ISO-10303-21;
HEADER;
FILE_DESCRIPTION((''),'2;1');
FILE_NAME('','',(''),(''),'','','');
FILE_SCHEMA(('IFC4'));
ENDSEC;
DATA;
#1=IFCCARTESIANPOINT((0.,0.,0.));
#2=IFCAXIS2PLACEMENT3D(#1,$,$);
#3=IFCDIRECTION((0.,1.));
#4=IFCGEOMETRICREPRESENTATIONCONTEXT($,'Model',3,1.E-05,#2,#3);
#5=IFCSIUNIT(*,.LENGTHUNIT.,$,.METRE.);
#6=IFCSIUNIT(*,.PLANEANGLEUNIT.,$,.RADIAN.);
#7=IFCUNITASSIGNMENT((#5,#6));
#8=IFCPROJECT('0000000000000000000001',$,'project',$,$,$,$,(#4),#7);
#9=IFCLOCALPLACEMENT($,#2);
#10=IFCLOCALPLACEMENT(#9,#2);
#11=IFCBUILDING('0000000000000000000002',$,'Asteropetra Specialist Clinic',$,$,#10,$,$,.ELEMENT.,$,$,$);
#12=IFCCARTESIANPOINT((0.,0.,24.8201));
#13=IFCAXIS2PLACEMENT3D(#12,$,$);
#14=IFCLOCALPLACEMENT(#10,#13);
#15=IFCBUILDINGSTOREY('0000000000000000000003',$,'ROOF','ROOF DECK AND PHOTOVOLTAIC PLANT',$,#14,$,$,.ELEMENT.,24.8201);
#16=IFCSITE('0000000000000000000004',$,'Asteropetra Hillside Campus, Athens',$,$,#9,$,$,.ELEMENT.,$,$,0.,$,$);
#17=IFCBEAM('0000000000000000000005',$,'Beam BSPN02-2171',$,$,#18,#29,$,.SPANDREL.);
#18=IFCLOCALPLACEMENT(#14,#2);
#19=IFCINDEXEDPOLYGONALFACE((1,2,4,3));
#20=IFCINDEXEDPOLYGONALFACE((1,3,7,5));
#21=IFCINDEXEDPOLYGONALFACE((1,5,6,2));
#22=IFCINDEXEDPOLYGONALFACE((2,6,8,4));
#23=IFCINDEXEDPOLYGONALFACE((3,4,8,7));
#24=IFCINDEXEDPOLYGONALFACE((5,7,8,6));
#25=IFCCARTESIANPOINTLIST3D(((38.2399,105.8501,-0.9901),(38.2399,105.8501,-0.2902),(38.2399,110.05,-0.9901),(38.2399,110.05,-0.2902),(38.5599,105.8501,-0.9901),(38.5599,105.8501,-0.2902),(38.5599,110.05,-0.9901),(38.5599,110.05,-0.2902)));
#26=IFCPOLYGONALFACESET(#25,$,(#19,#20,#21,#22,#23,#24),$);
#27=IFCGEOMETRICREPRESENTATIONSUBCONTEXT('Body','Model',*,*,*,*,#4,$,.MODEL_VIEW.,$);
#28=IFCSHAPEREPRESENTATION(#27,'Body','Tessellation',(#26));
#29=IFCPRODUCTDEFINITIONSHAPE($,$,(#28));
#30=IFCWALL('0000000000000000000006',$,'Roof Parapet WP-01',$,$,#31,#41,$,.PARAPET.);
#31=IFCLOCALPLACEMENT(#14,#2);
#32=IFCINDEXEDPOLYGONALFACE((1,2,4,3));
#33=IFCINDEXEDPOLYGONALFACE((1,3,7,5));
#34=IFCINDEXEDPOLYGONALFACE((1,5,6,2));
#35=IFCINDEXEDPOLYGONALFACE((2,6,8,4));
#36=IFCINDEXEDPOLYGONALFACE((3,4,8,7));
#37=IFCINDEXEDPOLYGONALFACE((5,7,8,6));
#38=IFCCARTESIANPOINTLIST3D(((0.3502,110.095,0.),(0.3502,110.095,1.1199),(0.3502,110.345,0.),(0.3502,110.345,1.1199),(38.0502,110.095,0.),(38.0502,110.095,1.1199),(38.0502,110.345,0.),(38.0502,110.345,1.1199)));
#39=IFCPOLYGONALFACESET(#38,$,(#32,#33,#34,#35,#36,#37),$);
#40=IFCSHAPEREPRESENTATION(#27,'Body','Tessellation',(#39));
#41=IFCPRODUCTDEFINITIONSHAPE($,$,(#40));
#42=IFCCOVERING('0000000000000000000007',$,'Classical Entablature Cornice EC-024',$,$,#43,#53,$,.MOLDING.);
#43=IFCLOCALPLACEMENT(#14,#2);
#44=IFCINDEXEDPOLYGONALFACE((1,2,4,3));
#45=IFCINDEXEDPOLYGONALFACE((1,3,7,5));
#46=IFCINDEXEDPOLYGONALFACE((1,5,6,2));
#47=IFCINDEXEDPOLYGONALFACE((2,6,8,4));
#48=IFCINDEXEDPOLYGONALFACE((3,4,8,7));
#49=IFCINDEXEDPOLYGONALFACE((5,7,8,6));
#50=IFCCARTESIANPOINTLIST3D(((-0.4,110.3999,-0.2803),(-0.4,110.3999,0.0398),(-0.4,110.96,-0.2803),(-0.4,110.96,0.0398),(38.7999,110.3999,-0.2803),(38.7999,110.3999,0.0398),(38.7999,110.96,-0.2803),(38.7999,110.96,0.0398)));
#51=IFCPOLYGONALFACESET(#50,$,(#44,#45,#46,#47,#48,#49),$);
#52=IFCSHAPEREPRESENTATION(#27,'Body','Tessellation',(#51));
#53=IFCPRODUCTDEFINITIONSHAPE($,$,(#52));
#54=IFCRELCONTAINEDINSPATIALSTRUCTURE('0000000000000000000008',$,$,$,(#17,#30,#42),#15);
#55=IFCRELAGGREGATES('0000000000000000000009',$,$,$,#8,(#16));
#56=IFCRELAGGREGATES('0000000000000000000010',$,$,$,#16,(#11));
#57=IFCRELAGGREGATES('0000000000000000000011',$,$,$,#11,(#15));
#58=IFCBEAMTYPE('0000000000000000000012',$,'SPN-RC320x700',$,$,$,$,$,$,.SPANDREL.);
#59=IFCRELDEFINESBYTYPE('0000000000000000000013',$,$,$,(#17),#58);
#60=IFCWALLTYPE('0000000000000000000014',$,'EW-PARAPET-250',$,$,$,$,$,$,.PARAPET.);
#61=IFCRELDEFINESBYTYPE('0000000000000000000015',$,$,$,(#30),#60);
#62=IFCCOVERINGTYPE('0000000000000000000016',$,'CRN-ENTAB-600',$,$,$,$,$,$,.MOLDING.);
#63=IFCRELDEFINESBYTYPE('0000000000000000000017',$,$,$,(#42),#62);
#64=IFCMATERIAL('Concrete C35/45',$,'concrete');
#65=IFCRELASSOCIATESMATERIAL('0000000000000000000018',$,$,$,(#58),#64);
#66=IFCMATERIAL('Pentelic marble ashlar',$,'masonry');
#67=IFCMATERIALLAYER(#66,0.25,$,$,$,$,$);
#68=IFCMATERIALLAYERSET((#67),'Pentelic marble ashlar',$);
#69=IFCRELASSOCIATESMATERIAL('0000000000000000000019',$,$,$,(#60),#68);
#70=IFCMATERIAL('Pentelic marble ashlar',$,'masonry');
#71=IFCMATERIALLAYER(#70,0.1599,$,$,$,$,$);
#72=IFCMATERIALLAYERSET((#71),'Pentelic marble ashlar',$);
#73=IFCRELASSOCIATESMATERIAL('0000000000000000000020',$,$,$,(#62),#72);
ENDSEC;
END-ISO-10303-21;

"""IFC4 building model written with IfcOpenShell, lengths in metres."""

from ifc_helpers import new_model, si_unit, direction, frame, frame_2d, origin, origin_2d, place, context, subcontext, project, spatial, rectangle, extrude, material, layer, layer_set, material_profile, profile_set, type_object, element, save


model = new_model("IFC4")

# Units and contexts
model_context = context("Model", 3, precision=1e-05, world=origin(), true_north=direction((0.0, 1.0)))
body_context = subcontext(model_context, "Body", "Model", "MODEL_VIEW")
ifc_project = project(units=[si_unit("LENGTHUNIT", "METRE"), si_unit("PLANEANGLEUNIT", "RADIAN")], contexts=[model_context])

# Site, building, storey
site_placement = place(None, origin())
site = spatial("IfcSite", under=ifc_project, at=site_placement, Name="Asteropetra Hillside Campus, Athens", CompositionType="ELEMENT", RefElevation=0.0)
building_placement = place(site_placement, origin())
building = spatial("IfcBuilding", under=site, at=building_placement, Name="Asteropetra Specialist Clinic", CompositionType="ELEMENT")
storey_placement = place(building_placement, frame((0.0, 0.0, 24.8201)))
storey = spatial("IfcBuildingStorey", under=building, at=storey_placement, Name="ROOF", Description="ROOF DECK AND PHOTOVOLTAIC PLANT", CompositionType="ELEMENT", Elevation=24.8201)

# Beam
ifc_material_1 = material(Name="Concrete C35/45", Category="concrete")
ifc_material_profile_1 = material_profile(ifc_material_1, rectangle(XDim=0.3201, YDim=0.7, at=origin_2d()), Name="RCS 320x700")
ifc_profile_set_1 = profile_set([ifc_material_profile_1], Name="Concrete C35/45")
beam_type_1 = type_object("IfcBeamType", Name="SPN-RC320x700", PredefinedType="SPANDREL", material=ifc_profile_set_1)
beam_1_placement = place(storey_placement, frame((38.3999, 105.8501, -0.6401), z_axis=(0.0, 1.0, 0.0), x_axis=(-1.0, 0.0, 0.0)))
element("IfcBeam", 1, at=beam_1_placement, inside=storey, type_object=beam_type_1, Name="Beam BSPN02-2171", PredefinedType="SPANDREL", context=body_context, shape_type="SweptSolid", body=[
    extrude(rectangle(XDim=0.3201, YDim=0.7, at=origin_2d()), origin(), (0.0, 0.0, 1.0), 4.2),
])

# Wall
ifc_material_2 = material(Name="Pentelic marble ashlar", Category="masonry")
ifc_layer_1 = layer(ifc_material_2, 0.25)
ifc_layer_set_1 = layer_set([ifc_layer_1], Name="Pentelic marble ashlar")
wall_type = type_object("IfcWallType", Name="EW-PARAPET-250", PredefinedType="PARAPET", material=ifc_layer_set_1)
wall_placement = place(storey_placement, frame((0.3501, 110.22, 0.0), z_axis=(0.0, 0.0, 1.0), x_axis=(1.0, 0.0, 0.0)))
element("IfcWall", 2, at=wall_placement, inside=storey, type_object=wall_type, Name="Roof Parapet WP-01", PredefinedType="PARAPET", context=body_context, shape_type="SweptSolid", body=[
    extrude(rectangle(XDim=37.7, YDim=0.25, at=frame_2d((18.8501, 0.0))), origin(), (0.0, 0.0, 1.0), 1.1199),
])

# Covering
ifc_material_3 = material(Name="Pentelic marble ashlar", Category="masonry")
ifc_layer_2 = layer(ifc_material_3, 0.1599)
ifc_layer_set_2 = layer_set([ifc_layer_2], Name="Pentelic marble ashlar")
covering_type = type_object("IfcCoveringType", Name="CRN-ENTAB-600", PredefinedType="MOLDING", material=ifc_layer_set_2)
covering_placement = place(storey_placement, frame((19.2, 110.6799, -0.2803), z_axis=(0.0, 0.0, 1.0), x_axis=(1.0, 0.0, 0.0)))
element("IfcCovering", 3, at=covering_placement, inside=storey, type_object=covering_type, Name="Classical Entablature Cornice EC-024", PredefinedType="MOLDING", context=body_context, shape_type="SweptSolid", body=[
    extrude(rectangle(XDim=39.2, YDim=0.5601, at=origin_2d()), origin(), (0.0, 0.0, 1.0), 0.3201),
])

save(model, "model.ifc")
